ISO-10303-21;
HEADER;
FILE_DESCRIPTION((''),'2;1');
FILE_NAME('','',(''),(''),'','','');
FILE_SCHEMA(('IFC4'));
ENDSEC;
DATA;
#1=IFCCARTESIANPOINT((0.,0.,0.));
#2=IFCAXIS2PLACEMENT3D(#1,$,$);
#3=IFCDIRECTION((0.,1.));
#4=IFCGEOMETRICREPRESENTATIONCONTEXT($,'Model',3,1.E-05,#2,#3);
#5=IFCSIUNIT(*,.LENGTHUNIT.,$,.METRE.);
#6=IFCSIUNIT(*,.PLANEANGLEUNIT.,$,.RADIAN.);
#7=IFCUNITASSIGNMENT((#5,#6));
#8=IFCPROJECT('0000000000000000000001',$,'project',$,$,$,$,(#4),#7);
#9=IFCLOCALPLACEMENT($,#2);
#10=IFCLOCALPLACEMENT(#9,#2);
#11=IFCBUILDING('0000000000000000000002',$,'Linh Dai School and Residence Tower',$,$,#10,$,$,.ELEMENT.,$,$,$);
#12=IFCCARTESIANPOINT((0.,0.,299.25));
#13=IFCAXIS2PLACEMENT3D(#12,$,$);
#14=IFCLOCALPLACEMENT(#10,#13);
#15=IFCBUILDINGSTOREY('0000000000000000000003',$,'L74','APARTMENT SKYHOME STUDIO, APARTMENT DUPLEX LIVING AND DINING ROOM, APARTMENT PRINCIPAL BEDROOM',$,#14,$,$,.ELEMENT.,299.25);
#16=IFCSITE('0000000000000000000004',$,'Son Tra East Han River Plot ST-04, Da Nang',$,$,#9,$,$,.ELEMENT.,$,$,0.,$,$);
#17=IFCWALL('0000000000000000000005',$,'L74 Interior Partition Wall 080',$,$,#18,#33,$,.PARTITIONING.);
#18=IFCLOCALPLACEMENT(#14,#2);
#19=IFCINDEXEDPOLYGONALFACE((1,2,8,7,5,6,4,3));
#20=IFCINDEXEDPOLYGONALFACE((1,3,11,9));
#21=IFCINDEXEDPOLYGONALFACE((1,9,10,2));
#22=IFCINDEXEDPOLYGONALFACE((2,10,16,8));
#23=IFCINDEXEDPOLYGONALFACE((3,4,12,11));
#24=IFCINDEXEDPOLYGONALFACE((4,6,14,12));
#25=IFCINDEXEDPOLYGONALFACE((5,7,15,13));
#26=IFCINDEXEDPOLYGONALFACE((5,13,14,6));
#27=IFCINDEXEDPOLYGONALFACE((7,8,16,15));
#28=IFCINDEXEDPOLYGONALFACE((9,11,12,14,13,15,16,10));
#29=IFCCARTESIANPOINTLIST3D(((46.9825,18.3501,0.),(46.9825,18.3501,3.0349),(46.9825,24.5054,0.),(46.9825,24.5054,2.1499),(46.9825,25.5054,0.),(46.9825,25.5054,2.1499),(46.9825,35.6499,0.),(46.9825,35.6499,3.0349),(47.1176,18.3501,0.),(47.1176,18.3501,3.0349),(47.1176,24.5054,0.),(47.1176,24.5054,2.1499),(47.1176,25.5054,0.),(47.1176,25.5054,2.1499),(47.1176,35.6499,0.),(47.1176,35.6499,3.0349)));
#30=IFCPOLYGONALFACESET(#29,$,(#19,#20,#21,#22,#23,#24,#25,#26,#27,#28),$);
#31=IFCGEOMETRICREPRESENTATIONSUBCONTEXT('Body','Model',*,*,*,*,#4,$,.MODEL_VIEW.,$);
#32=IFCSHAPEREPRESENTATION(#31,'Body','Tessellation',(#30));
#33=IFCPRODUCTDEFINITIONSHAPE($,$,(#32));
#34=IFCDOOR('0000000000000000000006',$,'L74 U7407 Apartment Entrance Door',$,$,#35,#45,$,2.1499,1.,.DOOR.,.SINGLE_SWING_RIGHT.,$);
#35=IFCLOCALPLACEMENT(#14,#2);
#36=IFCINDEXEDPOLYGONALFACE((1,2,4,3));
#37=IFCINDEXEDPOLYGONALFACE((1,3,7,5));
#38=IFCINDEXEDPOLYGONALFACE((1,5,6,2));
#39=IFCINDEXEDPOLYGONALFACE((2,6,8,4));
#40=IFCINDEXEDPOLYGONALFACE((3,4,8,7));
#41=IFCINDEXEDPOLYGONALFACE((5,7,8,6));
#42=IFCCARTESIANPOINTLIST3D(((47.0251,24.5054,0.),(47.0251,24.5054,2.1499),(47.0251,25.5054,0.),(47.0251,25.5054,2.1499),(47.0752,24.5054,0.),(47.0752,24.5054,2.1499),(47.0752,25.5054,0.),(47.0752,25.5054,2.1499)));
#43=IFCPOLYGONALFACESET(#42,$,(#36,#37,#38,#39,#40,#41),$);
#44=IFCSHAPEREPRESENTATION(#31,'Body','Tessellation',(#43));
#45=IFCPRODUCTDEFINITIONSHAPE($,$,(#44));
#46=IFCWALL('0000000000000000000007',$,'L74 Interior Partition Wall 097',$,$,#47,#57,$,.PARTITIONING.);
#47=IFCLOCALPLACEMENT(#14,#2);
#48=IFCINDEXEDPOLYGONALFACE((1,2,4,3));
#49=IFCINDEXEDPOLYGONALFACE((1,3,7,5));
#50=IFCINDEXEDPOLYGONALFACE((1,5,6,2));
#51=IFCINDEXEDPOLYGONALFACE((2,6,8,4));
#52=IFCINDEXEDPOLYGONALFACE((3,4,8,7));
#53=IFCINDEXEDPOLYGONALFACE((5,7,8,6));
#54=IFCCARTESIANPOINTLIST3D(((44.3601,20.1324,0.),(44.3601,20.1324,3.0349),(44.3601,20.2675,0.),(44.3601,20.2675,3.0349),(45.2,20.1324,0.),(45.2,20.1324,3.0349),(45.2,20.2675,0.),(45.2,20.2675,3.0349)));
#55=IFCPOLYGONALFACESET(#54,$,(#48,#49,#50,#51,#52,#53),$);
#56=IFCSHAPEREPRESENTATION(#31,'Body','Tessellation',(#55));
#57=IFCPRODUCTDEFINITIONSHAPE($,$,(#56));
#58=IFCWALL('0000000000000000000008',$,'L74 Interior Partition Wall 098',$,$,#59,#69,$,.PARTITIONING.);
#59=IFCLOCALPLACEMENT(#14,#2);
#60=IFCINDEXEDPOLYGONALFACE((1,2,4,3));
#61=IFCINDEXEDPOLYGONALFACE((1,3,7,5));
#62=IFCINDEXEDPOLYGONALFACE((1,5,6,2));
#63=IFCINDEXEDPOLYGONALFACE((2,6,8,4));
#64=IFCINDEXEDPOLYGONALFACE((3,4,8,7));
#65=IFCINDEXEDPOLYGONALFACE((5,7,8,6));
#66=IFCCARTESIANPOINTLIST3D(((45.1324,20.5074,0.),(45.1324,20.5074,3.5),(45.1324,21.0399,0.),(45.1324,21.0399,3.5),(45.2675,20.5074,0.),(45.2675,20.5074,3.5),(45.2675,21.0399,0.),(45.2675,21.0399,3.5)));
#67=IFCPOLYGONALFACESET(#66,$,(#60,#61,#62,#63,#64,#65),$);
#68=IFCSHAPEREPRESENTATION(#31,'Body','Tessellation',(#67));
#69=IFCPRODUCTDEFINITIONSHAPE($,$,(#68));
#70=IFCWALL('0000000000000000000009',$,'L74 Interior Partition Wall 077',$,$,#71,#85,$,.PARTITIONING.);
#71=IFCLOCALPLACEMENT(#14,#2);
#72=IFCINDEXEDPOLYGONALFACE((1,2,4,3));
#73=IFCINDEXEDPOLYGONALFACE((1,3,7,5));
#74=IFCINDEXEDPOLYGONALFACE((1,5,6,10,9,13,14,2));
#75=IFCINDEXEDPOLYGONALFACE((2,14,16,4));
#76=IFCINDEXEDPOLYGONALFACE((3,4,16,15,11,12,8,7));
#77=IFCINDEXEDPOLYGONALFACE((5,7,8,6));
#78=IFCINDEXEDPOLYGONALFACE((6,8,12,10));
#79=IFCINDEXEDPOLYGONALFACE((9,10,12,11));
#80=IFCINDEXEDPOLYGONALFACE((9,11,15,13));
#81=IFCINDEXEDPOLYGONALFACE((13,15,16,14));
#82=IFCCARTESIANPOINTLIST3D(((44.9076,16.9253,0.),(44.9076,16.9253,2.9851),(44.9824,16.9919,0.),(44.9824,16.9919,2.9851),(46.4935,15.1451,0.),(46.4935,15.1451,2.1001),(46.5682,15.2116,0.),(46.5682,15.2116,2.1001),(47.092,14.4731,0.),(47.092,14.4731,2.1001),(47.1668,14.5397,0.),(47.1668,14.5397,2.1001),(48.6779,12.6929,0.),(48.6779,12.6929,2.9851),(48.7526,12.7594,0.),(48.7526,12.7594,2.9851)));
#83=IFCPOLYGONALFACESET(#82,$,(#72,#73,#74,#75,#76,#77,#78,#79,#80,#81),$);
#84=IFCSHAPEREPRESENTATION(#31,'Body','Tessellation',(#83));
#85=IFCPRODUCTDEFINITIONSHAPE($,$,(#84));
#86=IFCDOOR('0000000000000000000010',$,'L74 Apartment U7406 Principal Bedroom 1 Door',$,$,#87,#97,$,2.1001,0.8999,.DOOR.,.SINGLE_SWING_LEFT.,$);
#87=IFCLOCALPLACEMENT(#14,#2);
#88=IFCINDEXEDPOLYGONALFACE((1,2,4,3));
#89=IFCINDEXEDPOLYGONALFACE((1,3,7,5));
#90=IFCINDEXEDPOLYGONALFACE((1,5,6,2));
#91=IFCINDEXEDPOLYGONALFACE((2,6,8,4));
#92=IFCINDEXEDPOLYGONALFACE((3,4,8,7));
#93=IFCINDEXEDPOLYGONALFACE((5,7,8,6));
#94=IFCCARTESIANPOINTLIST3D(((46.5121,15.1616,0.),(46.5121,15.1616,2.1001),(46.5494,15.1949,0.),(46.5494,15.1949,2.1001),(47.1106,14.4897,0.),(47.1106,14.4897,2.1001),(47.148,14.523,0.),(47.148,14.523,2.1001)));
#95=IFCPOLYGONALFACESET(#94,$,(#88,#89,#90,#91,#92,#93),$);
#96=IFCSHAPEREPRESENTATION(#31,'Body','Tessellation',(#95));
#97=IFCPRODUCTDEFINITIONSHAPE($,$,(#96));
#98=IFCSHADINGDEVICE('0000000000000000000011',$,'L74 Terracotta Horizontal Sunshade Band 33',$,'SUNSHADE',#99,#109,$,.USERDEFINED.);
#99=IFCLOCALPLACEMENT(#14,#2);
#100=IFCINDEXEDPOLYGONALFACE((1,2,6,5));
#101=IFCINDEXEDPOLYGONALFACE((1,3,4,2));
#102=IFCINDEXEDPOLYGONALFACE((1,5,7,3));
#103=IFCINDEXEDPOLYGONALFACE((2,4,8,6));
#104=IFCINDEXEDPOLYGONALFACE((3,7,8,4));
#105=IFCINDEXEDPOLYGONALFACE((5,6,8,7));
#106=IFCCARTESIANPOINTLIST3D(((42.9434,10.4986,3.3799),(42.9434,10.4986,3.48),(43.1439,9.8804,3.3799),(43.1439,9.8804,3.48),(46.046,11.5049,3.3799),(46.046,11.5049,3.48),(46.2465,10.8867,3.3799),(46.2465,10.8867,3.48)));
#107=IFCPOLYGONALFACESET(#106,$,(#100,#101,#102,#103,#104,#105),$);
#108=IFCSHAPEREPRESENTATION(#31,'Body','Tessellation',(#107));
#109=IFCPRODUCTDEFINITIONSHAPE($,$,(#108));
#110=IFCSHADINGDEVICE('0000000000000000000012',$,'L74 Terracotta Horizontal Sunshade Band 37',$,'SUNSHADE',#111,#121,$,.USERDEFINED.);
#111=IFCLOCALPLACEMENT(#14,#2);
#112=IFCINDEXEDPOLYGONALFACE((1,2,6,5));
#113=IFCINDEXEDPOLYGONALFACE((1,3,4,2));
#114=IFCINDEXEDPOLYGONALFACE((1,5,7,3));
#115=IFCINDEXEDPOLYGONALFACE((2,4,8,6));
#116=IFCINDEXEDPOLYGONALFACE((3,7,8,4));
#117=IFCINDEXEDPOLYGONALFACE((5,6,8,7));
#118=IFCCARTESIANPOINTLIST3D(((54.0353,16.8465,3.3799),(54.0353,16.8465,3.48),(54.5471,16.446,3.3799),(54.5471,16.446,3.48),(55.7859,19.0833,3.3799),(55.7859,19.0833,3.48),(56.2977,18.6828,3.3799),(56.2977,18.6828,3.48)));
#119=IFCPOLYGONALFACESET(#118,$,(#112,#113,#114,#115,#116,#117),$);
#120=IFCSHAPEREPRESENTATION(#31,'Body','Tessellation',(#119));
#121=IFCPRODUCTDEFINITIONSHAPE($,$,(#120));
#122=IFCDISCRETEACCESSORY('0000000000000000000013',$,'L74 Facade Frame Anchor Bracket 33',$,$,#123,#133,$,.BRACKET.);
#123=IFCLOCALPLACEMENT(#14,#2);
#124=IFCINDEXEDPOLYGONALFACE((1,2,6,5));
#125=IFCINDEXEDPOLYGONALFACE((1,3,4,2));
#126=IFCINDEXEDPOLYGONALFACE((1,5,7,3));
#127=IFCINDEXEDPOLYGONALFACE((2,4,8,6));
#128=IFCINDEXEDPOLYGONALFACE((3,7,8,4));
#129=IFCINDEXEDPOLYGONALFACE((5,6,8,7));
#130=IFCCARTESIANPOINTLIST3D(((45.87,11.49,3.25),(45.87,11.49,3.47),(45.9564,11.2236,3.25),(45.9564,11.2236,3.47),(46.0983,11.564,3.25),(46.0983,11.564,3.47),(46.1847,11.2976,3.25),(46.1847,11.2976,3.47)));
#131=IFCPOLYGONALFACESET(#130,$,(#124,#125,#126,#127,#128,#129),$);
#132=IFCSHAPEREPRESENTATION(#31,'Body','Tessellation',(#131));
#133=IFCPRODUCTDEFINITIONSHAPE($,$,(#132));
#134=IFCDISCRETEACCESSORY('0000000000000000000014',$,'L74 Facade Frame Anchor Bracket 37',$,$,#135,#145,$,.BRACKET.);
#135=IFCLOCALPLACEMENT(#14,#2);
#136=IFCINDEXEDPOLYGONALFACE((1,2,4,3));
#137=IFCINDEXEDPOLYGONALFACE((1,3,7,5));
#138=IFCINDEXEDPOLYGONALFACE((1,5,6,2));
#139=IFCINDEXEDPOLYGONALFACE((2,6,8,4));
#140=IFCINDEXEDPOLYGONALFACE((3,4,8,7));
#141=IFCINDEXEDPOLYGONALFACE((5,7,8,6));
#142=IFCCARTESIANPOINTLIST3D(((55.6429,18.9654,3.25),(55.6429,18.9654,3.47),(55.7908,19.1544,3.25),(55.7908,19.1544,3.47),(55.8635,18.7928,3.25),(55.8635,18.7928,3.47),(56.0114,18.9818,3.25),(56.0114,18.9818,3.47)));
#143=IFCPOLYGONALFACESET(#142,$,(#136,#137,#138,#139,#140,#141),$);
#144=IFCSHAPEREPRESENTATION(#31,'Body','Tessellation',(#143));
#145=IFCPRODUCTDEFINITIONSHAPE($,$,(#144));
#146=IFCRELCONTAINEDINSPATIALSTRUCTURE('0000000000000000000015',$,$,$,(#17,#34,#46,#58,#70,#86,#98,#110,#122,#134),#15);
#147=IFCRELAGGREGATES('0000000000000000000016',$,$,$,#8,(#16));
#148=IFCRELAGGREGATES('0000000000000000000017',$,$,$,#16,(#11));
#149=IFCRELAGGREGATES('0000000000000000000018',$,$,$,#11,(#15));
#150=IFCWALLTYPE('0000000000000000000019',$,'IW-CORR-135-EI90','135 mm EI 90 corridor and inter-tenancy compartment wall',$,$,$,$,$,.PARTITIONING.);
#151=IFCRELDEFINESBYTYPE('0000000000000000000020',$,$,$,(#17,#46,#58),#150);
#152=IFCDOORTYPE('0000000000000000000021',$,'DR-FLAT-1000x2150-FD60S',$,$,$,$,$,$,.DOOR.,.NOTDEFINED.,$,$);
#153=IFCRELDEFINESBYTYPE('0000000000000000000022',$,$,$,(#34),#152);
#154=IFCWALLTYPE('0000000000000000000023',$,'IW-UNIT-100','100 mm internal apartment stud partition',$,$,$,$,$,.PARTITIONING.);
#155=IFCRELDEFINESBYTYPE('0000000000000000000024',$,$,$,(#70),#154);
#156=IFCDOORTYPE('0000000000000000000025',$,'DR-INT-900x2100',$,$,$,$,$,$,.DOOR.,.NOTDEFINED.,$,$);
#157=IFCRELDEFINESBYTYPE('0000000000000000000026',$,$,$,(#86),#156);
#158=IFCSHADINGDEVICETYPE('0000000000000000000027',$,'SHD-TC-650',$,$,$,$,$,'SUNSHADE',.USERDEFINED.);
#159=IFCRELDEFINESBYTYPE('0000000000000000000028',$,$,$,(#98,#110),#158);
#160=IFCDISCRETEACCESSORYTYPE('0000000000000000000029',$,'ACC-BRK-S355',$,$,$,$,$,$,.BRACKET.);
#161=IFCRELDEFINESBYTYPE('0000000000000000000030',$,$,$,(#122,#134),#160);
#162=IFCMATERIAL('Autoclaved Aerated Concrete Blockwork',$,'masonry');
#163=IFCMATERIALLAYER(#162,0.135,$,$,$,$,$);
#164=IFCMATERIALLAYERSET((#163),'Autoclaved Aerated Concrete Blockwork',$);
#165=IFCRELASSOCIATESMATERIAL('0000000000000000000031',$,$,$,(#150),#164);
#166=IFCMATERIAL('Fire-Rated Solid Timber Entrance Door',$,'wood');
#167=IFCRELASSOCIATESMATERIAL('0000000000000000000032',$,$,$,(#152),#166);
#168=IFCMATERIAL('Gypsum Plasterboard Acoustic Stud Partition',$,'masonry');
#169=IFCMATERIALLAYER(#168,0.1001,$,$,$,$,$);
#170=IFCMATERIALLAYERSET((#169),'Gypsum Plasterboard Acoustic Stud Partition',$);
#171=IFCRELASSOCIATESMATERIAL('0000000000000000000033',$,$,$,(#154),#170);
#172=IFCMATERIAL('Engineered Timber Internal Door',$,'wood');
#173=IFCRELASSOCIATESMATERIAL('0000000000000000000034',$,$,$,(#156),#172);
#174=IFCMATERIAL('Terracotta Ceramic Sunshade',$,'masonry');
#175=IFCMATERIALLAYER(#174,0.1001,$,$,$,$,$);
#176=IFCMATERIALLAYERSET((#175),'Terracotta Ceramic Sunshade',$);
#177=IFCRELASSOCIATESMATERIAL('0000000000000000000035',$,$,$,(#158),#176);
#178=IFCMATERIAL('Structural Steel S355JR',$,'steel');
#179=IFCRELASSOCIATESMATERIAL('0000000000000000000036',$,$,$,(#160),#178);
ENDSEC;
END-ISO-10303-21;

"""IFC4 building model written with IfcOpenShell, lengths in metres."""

from ifc_helpers import new_model, si_unit, direction, frame, frame_2d, origin, origin_2d, place, context, subcontext, project, spatial, rectangle, extrude, source, transform, mapped, material, layer, layer_set, type_object, element, fill, save


model = new_model("IFC4")

# Units and contexts
model_context = context("Model", 3, precision=1e-05, world=origin(), true_north=direction((0.0, 1.0)))
body_context = subcontext(model_context, "Body", "Model", "MODEL_VIEW")
ifc_project = project(units=[si_unit("LENGTHUNIT", "METRE"), si_unit("PLANEANGLEUNIT", "RADIAN")], contexts=[model_context])

# Site, building, storey
site_placement = place(None, origin())
site = spatial("IfcSite", under=ifc_project, at=site_placement, Name="Son Tra East Han River Plot ST-04, Da Nang", CompositionType="ELEMENT", RefElevation=0.0)
building_placement = place(site_placement, origin())
building = spatial("IfcBuilding", under=site, at=building_placement, Name="Linh Dai School and Residence Tower", CompositionType="ELEMENT")
storey_placement = place(building_placement, frame((0.0, 0.0, 299.25)))
storey = spatial("IfcBuildingStorey", under=building, at=storey_placement, Name="L74", Description="APARTMENT SKYHOME STUDIO, APARTMENT DUPLEX LIVING AND DINING ROOM, APARTMENT PRINCIPAL BEDROOM", CompositionType="ELEMENT", Elevation=299.25)

# Shared definitions
ifc_material_1 = material(Name="Structural Steel S355JR", Category="steel")

# Wall, opening, door
ifc_material_2 = material(Name="Autoclaved Aerated Concrete Blockwork", Category="masonry")
ifc_layer_1 = layer(ifc_material_2, 0.135)
ifc_layer_set_1 = layer_set([ifc_layer_1], Name="Autoclaved Aerated Concrete Blockwork")
wall_type_1 = type_object("IfcWallType", Name="IW-CORR-135-EI90", Description="135 mm EI 90 corridor and inter-tenancy compartment wall", PredefinedType="PARTITIONING", material=ifc_layer_set_1)
wall_1_placement = place(storey_placement, frame((47.05, 18.3501, 0.0), z_axis=(0.0, 0.0, 1.0), x_axis=(0.0, 1.0, 0.0)))
wall_1 = element("IfcWall", 1, at=wall_1_placement, inside=storey, type_object=wall_type_1, Name="L74 Interior Partition Wall 080", PredefinedType="PARTITIONING", context=body_context, shape_type="SweptSolid", body=[
    extrude(rectangle(XDim=17.2998, YDim=0.135, at=frame_2d((8.6499, 0.0))), origin(), (0.0, 0.0, 1.0), 3.0349),
])
opening_1_placement = place(wall_1_placement, frame((6.1553, 0.0, 0.0)))
opening_1 = element("IfcOpeningElement", 2, at=opening_1_placement, cuts=wall_1, PredefinedType="OPENING", context=body_context, shape_type="SweptSolid", body=[
    extrude(rectangle(XDim=1.0, YDim=2.1499, at=origin_2d()), frame((0.5, 0.0776, 1.075), z_axis=(0.0, -1.0, 0.0), x_axis=(1.0, 0.0, 0.0)), (0.0, 0.0, 1.0), 0.155),
])
ifc_material_3 = material(Name="Fire-Rated Solid Timber Entrance Door", Category="wood")
door_type_1 = type_object("IfcDoorType", Name="DR-FLAT-1000x2150-FD60S", OperationType="NOTDEFINED", PredefinedType="DOOR", material=ifc_material_3)
shared_shape_1 = source(origin(), body_context, "Body", "SweptSolid", [
    extrude(rectangle(XDim=1.0, YDim=2.1499, at=origin_2d()), frame((0.5, 0.0249, 1.075), z_axis=(0.0, -1.0, 0.0), x_axis=(1.0, 0.0, 0.0)), (0.0, 0.0, 1.0), 0.05),
])
door_1_placement = place(opening_1_placement, origin())
door_1 = element("IfcDoor", 3, at=door_1_placement, inside=storey, type_object=door_type_1, Name="L74 U7407 Apartment Entrance Door", OperationType="SINGLE_SWING_RIGHT", OverallHeight=2.1499, OverallWidth=1.0, PredefinedType="DOOR", context=body_context, shape_type="MappedRepresentation", body=[
    mapped(shared_shape_1, transform((0.0, 0.0, 0.0), x_axis=(1.0, 0.0, 0.0), y_axis=(0.0, 1.0, 0.0), z_axis=(0.0, 0.0, 1.0), scale=1.0)),
])
fill(opening_1, door_1)

# Walls
wall_2_placement = place(storey_placement, frame((44.3601, 20.2, 0.0), z_axis=(0.0, 0.0, 1.0), x_axis=(1.0, 0.0, 0.0)))
element("IfcWall", 4, at=wall_2_placement, inside=storey, type_object=wall_type_1, Name="L74 Interior Partition Wall 097", PredefinedType="PARTITIONING", context=body_context, shape_type="SweptSolid", body=[
    extrude(rectangle(XDim=0.8398, YDim=0.135, at=frame_2d((0.4199, 0.0))), origin(), (0.0, 0.0, 1.0), 3.0349),
])
wall_3_placement = place(storey_placement, frame((45.2, 20.5076, 0.0), z_axis=(0.0, 0.0, 1.0), x_axis=(0.0, 1.0, 0.0)))
element("IfcWall", 5, at=wall_3_placement, inside=storey, type_object=wall_type_1, Name="L74 Interior Partition Wall 098", PredefinedType="PARTITIONING", context=body_context, shape_type="SweptSolid", body=[
    extrude(rectangle(XDim=0.5325, YDim=0.135, at=frame_2d((0.2661, 0.0))), origin(), (0.0, 0.0, 1.0), 3.5),
])

# Wall, opening, door
ifc_material_4 = material(Name="Gypsum Plasterboard Acoustic Stud Partition", Category="masonry")
ifc_layer_2 = layer(ifc_material_4, 0.1001)
ifc_layer_set_2 = layer_set([ifc_layer_2], Name="Gypsum Plasterboard Acoustic Stud Partition")
wall_type_2 = type_object("IfcWallType", Name="IW-UNIT-100", Description="100 mm internal apartment stud partition", PredefinedType="PARTITIONING", material=ifc_layer_set_2)
wall_4_placement = place(storey_placement, frame((44.9451, 16.9585, 0.0), z_axis=(0.0, 0.0, 1.0), x_axis=(0.665163, -0.746698, 0.0)))
wall_4 = element("IfcWall", 6, at=wall_4_placement, inside=storey, type_object=wall_type_2, Name="L74 Interior Partition Wall 077", PredefinedType="PARTITIONING", context=body_context, shape_type="SweptSolid", body=[
    extrude(rectangle(XDim=5.6682, YDim=0.1001, at=frame_2d((2.834, 0.0))), origin(), (0.0, 0.0, 1.0), 2.9851),
])
opening_2_placement = place(wall_4_placement, frame((2.384, 0.0, 0.0)))
opening_2 = element("IfcOpeningElement", 7, at=opening_2_placement, cuts=wall_4, PredefinedType="OPENING", context=body_context, shape_type="SweptSolid", body=[
    extrude(rectangle(XDim=0.8999, YDim=2.1001, at=origin_2d()), frame((0.45, 0.0601, 1.05), z_axis=(0.0, -1.0, 0.0), x_axis=(1.0, 0.0, 0.0)), (0.0, 0.0, 1.0), 0.1201),
])
ifc_material_5 = material(Name="Engineered Timber Internal Door", Category="wood")
door_type_2 = type_object("IfcDoorType", Name="DR-INT-900x2100", OperationType="NOTDEFINED", PredefinedType="DOOR", material=ifc_material_5)
shared_shape_2 = source(origin(), body_context, "Body", "SweptSolid", [
    extrude(rectangle(XDim=0.8999, YDim=2.1001, at=origin_2d()), frame((0.45, 0.0249, 1.05), z_axis=(0.0, -1.0, 0.0), x_axis=(1.0, 0.0, 0.0)), (0.0, 0.0, 1.0), 0.05),
])
door_2_placement = place(opening_2_placement, origin())
door_2 = element("IfcDoor", 8, at=door_2_placement, inside=storey, type_object=door_type_2, Name="L74 Apartment U7406 Principal Bedroom 1 Door", OperationType="SINGLE_SWING_LEFT", OverallHeight=2.1001, OverallWidth=0.8999, PredefinedType="DOOR", context=body_context, shape_type="MappedRepresentation", body=[
    mapped(shared_shape_2, transform((0.0, 0.0, 0.0), x_axis=(1.0, 0.0, 0.0), y_axis=(0.0, 1.0, 0.0), z_axis=(0.0, 0.0, 1.0), scale=1.0)),
])
fill(opening_2, door_2)

# Shading devices
ifc_material_6 = material(Name="Terracotta Ceramic Sunshade", Category="masonry")
ifc_layer_3 = layer(ifc_material_6, 0.1001)
ifc_layer_set_3 = layer_set([ifc_layer_3], Name="Terracotta Ceramic Sunshade")
shading_device_type = type_object("IfcShadingDeviceType", Name="SHD-TC-650", ElementType="SUNSHADE", PredefinedType="USERDEFINED", material=ifc_layer_set_3)
shared_shape_3 = source(origin(), body_context, "Body", "SweptSolid", [
    extrude(rectangle(XDim=3.2617, YDim=0.6499, at=origin_2d()), origin(), (0.0, 0.0, 1.0), 0.1001),
])
shading_device_1_placement = place(storey_placement, frame((44.595, 10.6926, 3.3799), z_axis=(0.0, 0.0, 1.0), x_axis=(-0.951218, -0.308519, 0.0)))
element("IfcShadingDevice", 9, at=shading_device_1_placement, inside=storey, type_object=shading_device_type, Name="L74 Terracotta Horizontal Sunshade Band 33", ObjectType="SUNSHADE", PredefinedType="USERDEFINED", context=body_context, shape_type="MappedRepresentation", body=[
    mapped(shared_shape_3, transform((0.0, 0.0, 0.0), x_axis=(1.0, 0.0, 0.0), y_axis=(0.0, 1.0, 0.0), z_axis=(0.0, 0.0, 1.0), scale=1.0)),
])
shared_shape_4 = source(origin(), body_context, "Body", "SweptSolid", [
    extrude(rectangle(XDim=2.8403, YDim=0.6499, at=origin_2d()), origin(), (0.0, 0.0, 1.0), 0.1001),
])
shading_device_2_placement = place(storey_placement, frame((55.1665, 17.7646, 3.3799), z_axis=(0.0, 0.0, 1.0), x_axis=(-0.616311, -0.787503, 0.0)))
element("IfcShadingDevice", 10, at=shading_device_2_placement, inside=storey, type_object=shading_device_type, Name="L74 Terracotta Horizontal Sunshade Band 37", ObjectType="SUNSHADE", PredefinedType="USERDEFINED", context=body_context, shape_type="MappedRepresentation", body=[
    mapped(shared_shape_4, transform((0.0, 0.0, 0.0), x_axis=(1.0, 0.0, 0.0), y_axis=(0.0, 1.0, 0.0), z_axis=(0.0, 0.0, 1.0), scale=1.0)),
])

# Discrete accessories
discrete_accessory_type = type_object("IfcDiscreteAccessoryType", Name="ACC-BRK-S355", PredefinedType="BRACKET", material=ifc_material_1)
shared_shape_5 = source(origin(), body_context, "Body", "SweptSolid", [
    extrude(rectangle(XDim=0.28, YDim=0.24, at=origin_2d()), origin(), (0.0, 0.0, 1.0), 0.22),
])
for number, where, z_axis, x_axis, name in (
    (11, (46.0273, 11.3938, 3.25), (0.0, 0.0, 1.0), (0.308519, -0.951218, 0.0), "L74 Facade Frame Anchor Bracket 33"),
    (12, (55.8271, 18.9736, 3.25), (0.0, 0.0, 1.0), (0.787503, -0.616311, 0.0), "L74 Facade Frame Anchor Bracket 37"),
):
    element("IfcDiscreteAccessory", number, at=place(storey_placement, frame(where, z_axis=z_axis, x_axis=x_axis)), inside=storey, type_object=discrete_accessory_type, Name=name, PredefinedType="BRACKET", context=body_context, shape_type="MappedRepresentation", body=[
        mapped(shared_shape_5, transform((0.0, 0.0, 0.0), x_axis=(1.0, 0.0, 0.0), y_axis=(0.0, 1.0, 0.0), z_axis=(0.0, 0.0, 1.0), scale=1.0)),
    ])

save(model, "model.ifc")
